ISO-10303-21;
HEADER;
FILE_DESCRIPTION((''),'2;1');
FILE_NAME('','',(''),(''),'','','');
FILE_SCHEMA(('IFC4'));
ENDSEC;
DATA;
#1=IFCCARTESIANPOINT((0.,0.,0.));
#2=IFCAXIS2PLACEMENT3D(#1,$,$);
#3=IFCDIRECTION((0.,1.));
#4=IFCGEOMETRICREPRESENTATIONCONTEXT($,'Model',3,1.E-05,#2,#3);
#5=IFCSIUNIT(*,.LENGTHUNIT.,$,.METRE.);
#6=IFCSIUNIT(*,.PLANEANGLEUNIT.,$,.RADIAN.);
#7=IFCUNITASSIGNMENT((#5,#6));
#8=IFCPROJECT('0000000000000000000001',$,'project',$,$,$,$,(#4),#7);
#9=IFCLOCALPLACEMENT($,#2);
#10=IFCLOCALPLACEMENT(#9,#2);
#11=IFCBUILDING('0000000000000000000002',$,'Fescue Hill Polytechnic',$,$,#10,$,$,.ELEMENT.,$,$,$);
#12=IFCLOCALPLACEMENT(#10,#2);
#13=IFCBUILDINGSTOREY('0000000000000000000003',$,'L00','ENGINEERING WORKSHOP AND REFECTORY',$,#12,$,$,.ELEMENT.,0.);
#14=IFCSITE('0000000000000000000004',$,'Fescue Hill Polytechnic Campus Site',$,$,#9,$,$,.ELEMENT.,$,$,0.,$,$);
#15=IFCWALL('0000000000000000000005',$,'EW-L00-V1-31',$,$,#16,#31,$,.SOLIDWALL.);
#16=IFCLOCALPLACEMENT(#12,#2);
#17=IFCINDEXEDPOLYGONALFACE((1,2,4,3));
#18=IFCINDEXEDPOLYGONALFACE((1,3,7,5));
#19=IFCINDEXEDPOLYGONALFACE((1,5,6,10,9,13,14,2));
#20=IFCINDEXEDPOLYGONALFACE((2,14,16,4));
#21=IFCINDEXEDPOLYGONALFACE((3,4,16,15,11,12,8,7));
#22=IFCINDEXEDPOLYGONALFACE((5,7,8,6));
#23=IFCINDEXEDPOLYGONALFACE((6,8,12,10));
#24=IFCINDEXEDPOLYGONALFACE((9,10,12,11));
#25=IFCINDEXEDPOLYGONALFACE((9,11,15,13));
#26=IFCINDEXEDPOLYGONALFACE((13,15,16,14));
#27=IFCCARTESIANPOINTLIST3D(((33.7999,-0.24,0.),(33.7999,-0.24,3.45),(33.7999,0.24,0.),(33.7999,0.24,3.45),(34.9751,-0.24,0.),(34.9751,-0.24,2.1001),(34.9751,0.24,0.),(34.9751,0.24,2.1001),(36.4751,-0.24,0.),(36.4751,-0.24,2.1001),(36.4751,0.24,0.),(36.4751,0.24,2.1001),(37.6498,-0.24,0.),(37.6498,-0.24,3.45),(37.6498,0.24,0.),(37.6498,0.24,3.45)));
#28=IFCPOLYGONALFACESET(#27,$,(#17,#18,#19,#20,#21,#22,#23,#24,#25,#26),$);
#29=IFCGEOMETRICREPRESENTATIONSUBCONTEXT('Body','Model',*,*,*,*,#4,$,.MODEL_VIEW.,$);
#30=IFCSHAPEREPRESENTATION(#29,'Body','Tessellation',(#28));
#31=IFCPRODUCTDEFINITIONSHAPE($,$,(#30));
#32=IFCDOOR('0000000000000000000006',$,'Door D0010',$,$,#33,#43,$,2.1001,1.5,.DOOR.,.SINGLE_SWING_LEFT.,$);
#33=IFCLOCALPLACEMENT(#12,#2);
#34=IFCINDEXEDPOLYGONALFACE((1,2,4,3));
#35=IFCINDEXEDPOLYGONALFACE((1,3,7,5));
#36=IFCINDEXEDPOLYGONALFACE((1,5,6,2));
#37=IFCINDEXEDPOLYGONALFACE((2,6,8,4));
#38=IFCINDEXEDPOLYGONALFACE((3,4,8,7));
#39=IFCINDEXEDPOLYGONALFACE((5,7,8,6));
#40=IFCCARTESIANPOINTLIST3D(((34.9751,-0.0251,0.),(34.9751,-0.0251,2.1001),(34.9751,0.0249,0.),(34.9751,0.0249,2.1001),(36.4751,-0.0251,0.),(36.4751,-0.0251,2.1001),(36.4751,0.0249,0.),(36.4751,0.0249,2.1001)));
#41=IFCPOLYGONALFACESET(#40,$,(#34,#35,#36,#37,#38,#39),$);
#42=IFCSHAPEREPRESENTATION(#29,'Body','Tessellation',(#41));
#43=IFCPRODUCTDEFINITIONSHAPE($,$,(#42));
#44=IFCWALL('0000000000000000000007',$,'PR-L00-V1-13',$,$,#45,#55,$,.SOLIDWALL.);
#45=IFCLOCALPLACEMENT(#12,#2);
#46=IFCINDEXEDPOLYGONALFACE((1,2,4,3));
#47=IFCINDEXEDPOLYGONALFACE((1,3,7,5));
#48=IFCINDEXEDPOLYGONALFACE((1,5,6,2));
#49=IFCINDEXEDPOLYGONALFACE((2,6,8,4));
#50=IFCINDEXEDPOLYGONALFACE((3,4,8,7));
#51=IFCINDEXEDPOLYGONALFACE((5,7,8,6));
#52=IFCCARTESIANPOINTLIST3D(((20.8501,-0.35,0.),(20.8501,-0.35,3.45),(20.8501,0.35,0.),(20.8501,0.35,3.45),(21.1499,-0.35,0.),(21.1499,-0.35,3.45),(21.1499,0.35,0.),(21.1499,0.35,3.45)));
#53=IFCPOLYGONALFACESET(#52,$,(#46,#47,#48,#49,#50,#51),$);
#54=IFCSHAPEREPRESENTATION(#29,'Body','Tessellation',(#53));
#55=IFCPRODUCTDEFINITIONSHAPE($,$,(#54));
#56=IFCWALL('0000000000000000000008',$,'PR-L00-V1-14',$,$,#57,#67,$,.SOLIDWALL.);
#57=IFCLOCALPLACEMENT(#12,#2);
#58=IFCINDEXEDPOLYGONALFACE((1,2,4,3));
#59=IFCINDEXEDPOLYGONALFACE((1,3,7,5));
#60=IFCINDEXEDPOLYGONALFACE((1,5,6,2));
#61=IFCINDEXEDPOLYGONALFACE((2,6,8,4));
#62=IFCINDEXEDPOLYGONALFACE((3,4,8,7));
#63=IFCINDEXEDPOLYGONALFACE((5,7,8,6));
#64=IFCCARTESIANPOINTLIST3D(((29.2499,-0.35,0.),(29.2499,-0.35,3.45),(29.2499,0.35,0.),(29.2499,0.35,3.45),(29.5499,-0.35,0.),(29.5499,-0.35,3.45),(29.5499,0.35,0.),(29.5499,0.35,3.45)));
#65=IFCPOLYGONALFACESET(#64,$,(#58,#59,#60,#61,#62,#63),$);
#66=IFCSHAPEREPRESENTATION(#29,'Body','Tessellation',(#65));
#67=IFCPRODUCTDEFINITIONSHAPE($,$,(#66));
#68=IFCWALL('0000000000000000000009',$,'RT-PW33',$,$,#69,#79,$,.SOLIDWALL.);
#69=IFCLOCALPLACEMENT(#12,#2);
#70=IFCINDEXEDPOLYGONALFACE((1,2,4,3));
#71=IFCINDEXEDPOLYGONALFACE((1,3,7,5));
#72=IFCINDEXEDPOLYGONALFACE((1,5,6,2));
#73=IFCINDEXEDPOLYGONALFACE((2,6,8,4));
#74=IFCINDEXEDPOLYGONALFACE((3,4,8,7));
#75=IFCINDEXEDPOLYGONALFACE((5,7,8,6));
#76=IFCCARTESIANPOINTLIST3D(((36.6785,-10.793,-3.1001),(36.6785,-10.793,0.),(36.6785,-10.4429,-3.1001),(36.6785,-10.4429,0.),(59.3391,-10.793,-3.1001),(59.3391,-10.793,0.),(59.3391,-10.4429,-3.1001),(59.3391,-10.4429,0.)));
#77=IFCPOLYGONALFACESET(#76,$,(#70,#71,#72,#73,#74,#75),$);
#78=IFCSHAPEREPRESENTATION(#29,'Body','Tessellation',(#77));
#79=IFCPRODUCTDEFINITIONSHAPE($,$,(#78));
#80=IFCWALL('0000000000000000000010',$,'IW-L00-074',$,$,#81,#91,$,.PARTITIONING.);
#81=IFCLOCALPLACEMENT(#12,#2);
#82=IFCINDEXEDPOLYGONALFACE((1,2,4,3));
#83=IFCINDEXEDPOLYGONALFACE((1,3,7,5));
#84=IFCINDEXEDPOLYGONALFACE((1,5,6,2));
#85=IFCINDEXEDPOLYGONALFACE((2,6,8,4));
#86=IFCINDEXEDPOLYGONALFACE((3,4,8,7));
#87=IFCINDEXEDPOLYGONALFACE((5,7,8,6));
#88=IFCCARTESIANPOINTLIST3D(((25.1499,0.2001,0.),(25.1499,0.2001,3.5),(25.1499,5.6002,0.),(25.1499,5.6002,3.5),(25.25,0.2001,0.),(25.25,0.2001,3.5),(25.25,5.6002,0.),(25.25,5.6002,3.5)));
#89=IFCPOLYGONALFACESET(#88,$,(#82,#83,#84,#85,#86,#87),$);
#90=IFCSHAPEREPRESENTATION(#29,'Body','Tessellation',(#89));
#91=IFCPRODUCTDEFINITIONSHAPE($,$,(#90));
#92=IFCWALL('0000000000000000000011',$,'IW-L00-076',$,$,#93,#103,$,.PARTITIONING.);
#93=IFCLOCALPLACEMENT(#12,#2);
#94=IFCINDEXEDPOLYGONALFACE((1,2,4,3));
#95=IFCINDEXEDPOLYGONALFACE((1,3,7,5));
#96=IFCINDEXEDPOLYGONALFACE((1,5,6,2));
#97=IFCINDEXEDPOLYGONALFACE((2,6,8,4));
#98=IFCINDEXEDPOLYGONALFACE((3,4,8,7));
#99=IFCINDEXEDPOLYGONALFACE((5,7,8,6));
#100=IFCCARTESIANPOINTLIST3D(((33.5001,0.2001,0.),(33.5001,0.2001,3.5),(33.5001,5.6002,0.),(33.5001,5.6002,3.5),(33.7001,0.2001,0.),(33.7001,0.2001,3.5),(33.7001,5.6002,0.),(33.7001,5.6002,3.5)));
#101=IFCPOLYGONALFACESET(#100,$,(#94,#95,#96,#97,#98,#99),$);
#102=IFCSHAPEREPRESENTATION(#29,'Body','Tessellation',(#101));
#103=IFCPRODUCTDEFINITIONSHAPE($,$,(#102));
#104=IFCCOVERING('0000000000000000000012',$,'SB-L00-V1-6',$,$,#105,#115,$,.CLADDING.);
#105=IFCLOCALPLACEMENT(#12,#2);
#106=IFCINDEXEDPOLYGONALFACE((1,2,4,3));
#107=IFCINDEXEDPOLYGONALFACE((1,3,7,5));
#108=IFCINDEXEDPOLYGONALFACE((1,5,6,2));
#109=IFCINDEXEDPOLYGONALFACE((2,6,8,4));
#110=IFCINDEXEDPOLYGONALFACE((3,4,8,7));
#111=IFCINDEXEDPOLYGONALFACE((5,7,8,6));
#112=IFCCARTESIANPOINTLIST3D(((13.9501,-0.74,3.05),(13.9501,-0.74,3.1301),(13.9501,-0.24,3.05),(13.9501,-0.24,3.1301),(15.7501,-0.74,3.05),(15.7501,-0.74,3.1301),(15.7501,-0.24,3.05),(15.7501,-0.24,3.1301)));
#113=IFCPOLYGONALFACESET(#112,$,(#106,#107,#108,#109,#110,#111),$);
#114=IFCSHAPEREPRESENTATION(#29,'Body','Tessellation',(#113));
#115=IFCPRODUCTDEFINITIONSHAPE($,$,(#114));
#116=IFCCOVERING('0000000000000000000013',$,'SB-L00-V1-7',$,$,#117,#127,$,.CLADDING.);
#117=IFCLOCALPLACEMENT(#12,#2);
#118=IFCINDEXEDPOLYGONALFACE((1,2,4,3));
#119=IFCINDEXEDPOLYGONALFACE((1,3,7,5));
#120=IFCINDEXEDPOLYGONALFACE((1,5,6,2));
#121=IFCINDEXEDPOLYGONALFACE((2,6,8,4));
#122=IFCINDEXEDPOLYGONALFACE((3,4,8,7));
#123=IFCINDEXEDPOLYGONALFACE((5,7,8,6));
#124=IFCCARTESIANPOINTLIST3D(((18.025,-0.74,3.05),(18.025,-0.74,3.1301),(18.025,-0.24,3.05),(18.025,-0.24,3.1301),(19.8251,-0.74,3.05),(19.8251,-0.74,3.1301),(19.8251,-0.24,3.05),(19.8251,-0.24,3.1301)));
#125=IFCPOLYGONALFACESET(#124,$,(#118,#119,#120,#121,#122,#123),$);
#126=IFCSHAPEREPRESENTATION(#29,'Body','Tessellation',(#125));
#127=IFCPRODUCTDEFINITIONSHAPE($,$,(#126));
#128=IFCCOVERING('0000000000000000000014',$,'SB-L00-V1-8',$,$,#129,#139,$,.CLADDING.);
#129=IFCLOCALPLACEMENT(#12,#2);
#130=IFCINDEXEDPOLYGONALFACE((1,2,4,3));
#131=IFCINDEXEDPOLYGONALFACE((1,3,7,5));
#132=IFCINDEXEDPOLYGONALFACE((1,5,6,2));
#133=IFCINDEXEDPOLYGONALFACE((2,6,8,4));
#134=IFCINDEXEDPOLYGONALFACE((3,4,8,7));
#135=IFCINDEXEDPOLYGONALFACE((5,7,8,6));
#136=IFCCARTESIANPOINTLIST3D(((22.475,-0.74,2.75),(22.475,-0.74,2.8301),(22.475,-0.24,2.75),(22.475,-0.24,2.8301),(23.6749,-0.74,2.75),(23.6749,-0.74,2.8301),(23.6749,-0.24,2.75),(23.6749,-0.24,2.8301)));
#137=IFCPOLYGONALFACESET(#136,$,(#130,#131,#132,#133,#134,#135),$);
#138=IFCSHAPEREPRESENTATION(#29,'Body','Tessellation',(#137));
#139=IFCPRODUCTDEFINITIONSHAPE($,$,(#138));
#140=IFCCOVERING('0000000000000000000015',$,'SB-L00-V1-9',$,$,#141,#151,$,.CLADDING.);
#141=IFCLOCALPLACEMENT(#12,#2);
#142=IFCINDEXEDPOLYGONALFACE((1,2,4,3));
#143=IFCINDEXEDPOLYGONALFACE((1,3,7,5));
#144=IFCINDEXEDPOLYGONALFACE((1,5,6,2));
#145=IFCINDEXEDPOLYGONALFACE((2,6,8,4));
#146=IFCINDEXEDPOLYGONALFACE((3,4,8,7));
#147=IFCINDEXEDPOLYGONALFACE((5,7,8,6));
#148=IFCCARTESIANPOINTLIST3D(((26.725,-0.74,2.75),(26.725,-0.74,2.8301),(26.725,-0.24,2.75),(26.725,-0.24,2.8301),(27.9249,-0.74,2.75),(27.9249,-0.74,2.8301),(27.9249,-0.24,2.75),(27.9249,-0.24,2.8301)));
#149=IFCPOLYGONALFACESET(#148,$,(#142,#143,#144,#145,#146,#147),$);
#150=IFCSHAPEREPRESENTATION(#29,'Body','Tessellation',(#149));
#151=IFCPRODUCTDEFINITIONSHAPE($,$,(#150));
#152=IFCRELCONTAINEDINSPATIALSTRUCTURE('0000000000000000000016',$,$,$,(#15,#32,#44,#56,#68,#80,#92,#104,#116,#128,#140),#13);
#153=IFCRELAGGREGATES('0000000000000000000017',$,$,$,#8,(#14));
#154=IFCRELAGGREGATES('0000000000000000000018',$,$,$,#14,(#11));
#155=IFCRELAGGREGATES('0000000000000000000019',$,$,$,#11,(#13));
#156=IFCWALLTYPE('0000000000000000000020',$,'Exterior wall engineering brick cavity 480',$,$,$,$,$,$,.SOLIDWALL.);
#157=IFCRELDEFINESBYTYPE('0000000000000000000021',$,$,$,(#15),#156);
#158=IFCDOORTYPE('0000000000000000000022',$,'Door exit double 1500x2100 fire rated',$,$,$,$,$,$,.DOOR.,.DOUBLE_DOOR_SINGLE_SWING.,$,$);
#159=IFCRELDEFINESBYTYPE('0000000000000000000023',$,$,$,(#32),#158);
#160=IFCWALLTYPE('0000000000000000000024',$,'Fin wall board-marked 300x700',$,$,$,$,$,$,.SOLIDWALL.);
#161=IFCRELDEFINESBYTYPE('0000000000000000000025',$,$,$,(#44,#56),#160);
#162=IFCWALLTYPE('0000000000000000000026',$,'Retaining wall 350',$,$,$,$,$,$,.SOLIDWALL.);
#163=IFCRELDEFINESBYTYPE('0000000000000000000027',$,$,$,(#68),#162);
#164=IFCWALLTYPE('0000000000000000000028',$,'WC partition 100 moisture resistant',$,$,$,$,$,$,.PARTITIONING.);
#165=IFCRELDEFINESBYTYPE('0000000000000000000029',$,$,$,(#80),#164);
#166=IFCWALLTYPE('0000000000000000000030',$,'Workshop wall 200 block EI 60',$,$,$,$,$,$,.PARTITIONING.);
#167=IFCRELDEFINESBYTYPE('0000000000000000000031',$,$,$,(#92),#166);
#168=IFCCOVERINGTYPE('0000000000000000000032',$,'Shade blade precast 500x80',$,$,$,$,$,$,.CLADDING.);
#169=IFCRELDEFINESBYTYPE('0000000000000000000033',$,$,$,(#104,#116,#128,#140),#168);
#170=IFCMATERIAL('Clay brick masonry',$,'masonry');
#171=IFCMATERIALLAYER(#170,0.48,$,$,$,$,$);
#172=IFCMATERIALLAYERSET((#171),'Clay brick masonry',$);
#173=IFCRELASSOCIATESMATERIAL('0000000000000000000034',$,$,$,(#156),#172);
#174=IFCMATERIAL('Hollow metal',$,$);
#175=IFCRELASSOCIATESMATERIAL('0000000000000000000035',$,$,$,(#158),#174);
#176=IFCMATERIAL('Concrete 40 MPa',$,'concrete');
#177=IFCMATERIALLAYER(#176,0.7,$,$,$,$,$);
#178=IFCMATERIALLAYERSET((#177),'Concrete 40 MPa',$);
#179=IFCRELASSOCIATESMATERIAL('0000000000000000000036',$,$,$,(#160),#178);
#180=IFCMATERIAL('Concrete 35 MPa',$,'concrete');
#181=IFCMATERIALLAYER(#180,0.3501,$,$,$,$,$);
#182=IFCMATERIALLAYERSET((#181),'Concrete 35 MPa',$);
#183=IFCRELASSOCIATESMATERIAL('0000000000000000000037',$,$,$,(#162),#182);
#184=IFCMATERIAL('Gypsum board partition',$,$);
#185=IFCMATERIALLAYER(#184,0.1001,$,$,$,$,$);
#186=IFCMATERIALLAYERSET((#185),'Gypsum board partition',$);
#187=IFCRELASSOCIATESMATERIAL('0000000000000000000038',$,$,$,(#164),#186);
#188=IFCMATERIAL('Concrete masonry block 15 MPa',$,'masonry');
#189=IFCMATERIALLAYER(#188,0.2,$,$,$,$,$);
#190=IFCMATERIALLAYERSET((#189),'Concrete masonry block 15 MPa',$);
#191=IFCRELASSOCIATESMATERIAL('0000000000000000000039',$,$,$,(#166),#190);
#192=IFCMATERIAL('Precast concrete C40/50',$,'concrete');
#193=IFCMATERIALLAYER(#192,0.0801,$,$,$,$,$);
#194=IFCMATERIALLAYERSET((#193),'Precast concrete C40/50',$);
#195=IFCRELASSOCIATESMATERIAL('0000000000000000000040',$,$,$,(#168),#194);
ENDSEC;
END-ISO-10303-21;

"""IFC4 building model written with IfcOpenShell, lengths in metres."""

from ifc_helpers import new_model, si_unit, direction, frame, frame_2d, origin, origin_2d, place, context, subcontext, project, spatial, rectangle, extrude, material, layer, layer_set, type_object, element, fill, save


model = new_model("IFC4")

# Units and contexts
model_context = context("Model", 3, precision=1e-05, world=origin(), true_north=direction((0.0, 1.0)))
body_context = subcontext(model_context, "Body", "Model", "MODEL_VIEW")
ifc_project = project(units=[si_unit("LENGTHUNIT", "METRE"), si_unit("PLANEANGLEUNIT", "RADIAN")], contexts=[model_context])

# Site, building, storey
site_placement = place(None, origin())
site = spatial("IfcSite", under=ifc_project, at=site_placement, Name="Fescue Hill Polytechnic Campus Site", CompositionType="ELEMENT", RefElevation=0.0)
building_placement = place(site_placement, origin())
building = spatial("IfcBuilding", under=site, at=building_placement, Name="Fescue Hill Polytechnic", CompositionType="ELEMENT")
storey_placement = place(building_placement, origin())
storey = spatial("IfcBuildingStorey", under=building, at=storey_placement, Name="L00", Description="ENGINEERING WORKSHOP AND REFECTORY", CompositionType="ELEMENT", Elevation=0.0)

# Shared definitions
ifc_material_1 = material(Name="Concrete 40 MPa", Category="concrete")

# Shared definitions
ifc_material_2 = material(Name="Clay brick masonry", Category="masonry")
ifc_layer_1 = layer(ifc_material_2, 0.48)
ifc_layer_set_1 = layer_set([ifc_layer_1], Name="Clay brick masonry")
wall_type_1 = type_object("IfcWallType", Name="Exterior wall engineering brick cavity 480", PredefinedType="SOLIDWALL", material=ifc_layer_set_1)

# Wall, opening, door
ifc_material_3 = material(Name="Hollow metal")
wall_1_placement = place(storey_placement, frame((33.8, 0.0, 0.0), z_axis=(0.0, 0.0, 1.0), x_axis=(1.0, 0.0, 0.0)))
wall_1 = element("IfcWall", 1, at=wall_1_placement, inside=storey, type_object=wall_type_1, Name="EW-L00-V1-31", PredefinedType="SOLIDWALL", context=body_context, shape_type="SweptSolid", body=[
    extrude(rectangle(XDim=3.8499, YDim=0.48, at=frame_2d((1.9248, 0.0))), origin(), (0.0, 0.0, 1.0), 3.45),
])
opening_1_placement = place(wall_1_placement, frame((1.175, 0.0, 0.0)))
opening_1 = element("IfcOpeningElement", 2, at=opening_1_placement, cuts=wall_1, PredefinedType="OPENING", context=body_context, shape_type="SweptSolid", body=[
    extrude(rectangle(XDim=1.5, YDim=2.1001, at=frame_2d((0.75, 1.05))), frame((0.0, 0.25, 0.0), z_axis=(0.0, -1.0, 0.0), x_axis=(1.0, 0.0, 0.0)), (0.0, 0.0, 1.0), 0.5),
])
door_type_1 = type_object("IfcDoorType", Name="Door exit double 1500x2100 fire rated", OperationType="DOUBLE_DOOR_SINGLE_SWING", PredefinedType="DOOR", material=ifc_material_3)
door_1_placement = place(opening_1_placement, origin())
door_1 = element("IfcDoor", 3, at=door_1_placement, inside=storey, type_object=door_type_1, Name="Door D0010", OperationType="SINGLE_SWING_LEFT", OverallHeight=2.1001, OverallWidth=1.5, PredefinedType="DOOR", context=body_context, shape_type="SweptSolid", body=[
    extrude(rectangle(XDim=1.5, YDim=2.1001, at=frame_2d((0.75, 1.05))), frame((0.0, 0.0249, 0.0), z_axis=(0.0, -1.0, 0.0), x_axis=(1.0, 0.0, 0.0)), (0.0, 0.0, 1.0), 0.05),
])
fill(opening_1, door_1)

# Walls
ifc_layer_2 = layer(ifc_material_1, 0.7)
ifc_layer_set_2 = layer_set([ifc_layer_2], Name="Concrete 40 MPa")
wall_type_2 = type_object("IfcWallType", Name="Fin wall board-marked 300x700", PredefinedType="SOLIDWALL", material=ifc_layer_set_2)
wall_2_placement = place(storey_placement, frame((20.8501, 0.0, 0.0), z_axis=(0.0, 0.0, 1.0), x_axis=(1.0, 0.0, 0.0)))
element("IfcWall", 4, at=wall_2_placement, inside=storey, type_object=wall_type_2, Name="PR-L00-V1-13", PredefinedType="SOLIDWALL", context=body_context, shape_type="SweptSolid", body=[
    extrude(rectangle(XDim=0.2998, YDim=0.7, at=frame_2d((0.1499, 0.0))), origin(), (0.0, 0.0, 1.0), 3.45),
])
wall_3_placement = place(storey_placement, frame((29.25, 0.0, 0.0), z_axis=(0.0, 0.0, 1.0), x_axis=(1.0, 0.0, 0.0)))
element("IfcWall", 5, at=wall_3_placement, inside=storey, type_object=wall_type_2, Name="PR-L00-V1-14", PredefinedType="SOLIDWALL", context=body_context, shape_type="SweptSolid", body=[
    extrude(rectangle(XDim=0.3, YDim=0.7, at=frame_2d((0.1499, 0.0))), origin(), (0.0, 0.0, 1.0), 3.45),
])
ifc_material_4 = material(Name="Concrete 35 MPa", Category="concrete")
ifc_layer_3 = layer(ifc_material_4, 0.3501)
ifc_layer_set_3 = layer_set([ifc_layer_3], Name="Concrete 35 MPa")
wall_type_3 = type_object("IfcWallType", Name="Retaining wall 350", PredefinedType="SOLIDWALL", material=ifc_layer_set_3)
wall_4_placement = place(storey_placement, frame((36.6785, -10.6179, -3.1001), z_axis=(0.0, 0.0, 1.0), x_axis=(1.0, 0.0, 0.0)))
element("IfcWall", 6, at=wall_4_placement, inside=storey, type_object=wall_type_3, Name="RT-PW33", PredefinedType="SOLIDWALL", context=body_context, shape_type="SweptSolid", body=[
    extrude(rectangle(XDim=22.6606, YDim=0.3501, at=frame_2d((11.3303, 0.0))), origin(), (0.0, 0.0, 1.0), 3.1001),
])
ifc_material_5 = material(Name="Gypsum board partition")
ifc_layer_4 = layer(ifc_material_5, 0.1001)
ifc_layer_set_4 = layer_set([ifc_layer_4], Name="Gypsum board partition")
wall_type_4 = type_object("IfcWallType", Name="WC partition 100 moisture resistant", PredefinedType="PARTITIONING", material=ifc_layer_set_4)
wall_5_placement = place(storey_placement, frame((25.2, 0.2, 0.0), z_axis=(0.0, 0.0, 1.0), x_axis=(0.0, 1.0, 0.0)))
element("IfcWall", 7, at=wall_5_placement, inside=storey, type_object=wall_type_4, Name="IW-L00-074", PredefinedType="PARTITIONING", context=body_context, shape_type="SweptSolid", body=[
    extrude(rectangle(XDim=5.4001, YDim=0.1001, at=frame_2d((2.7002, 0.0))), origin(), (0.0, 0.0, 1.0), 3.5),
])
ifc_material_6 = material(Name="Concrete masonry block 15 MPa", Category="masonry")
ifc_layer_5 = layer(ifc_material_6, 0.2)
ifc_layer_set_5 = layer_set([ifc_layer_5], Name="Concrete masonry block 15 MPa")
wall_type_5 = type_object("IfcWallType", Name="Workshop wall 200 block EI 60", PredefinedType="PARTITIONING", material=ifc_layer_set_5)
wall_6_placement = place(storey_placement, frame((33.6001, 0.2, 0.0), z_axis=(0.0, 0.0, 1.0), x_axis=(0.0, 1.0, 0.0)))
element("IfcWall", 8, at=wall_6_placement, inside=storey, type_object=wall_type_5, Name="IW-L00-076", PredefinedType="PARTITIONING", context=body_context, shape_type="SweptSolid", body=[
    extrude(rectangle(XDim=5.4001, YDim=0.2, at=frame_2d((2.7002, 0.0))), origin(), (0.0, 0.0, 1.0), 3.5),
])

# Coverings
ifc_material_7 = material(Name="Precast concrete C40/50", Category="concrete")
ifc_layer_6 = layer(ifc_material_7, 0.0801)
ifc_layer_set_6 = layer_set([ifc_layer_6], Name="Precast concrete C40/50")
covering_type = type_object("IfcCoveringType", Name="Shade blade precast 500x80", PredefinedType="CLADDING", material=ifc_layer_set_6)
for number, where, z_axis, x_axis, name in (
    (9, (14.8501, -0.49, 3.05), (0.0, 0.0, 1.0), (1.0, 0.0, 0.0), "SB-L00-V1-6"),
    (10, (18.925, -0.49, 3.05), (0.0, 0.0, 1.0), (1.0, 0.0, 0.0), "SB-L00-V1-7"),
):
    element("IfcCovering", number, at=place(storey_placement, frame(where, z_axis=z_axis, x_axis=x_axis)), inside=storey, type_object=covering_type, Name=name, PredefinedType="CLADDING", context=body_context, shape_type="SweptSolid", body=[
        extrude(rectangle(XDim=1.8, YDim=0.5, at=origin_2d()), origin(), (0.0, 0.0, 1.0), 0.0801),
    ])
for number, where, z_axis, x_axis, name in (
    (11, (23.075, -0.49, 2.75), (0.0, 0.0, 1.0), (1.0, 0.0, 0.0), "SB-L00-V1-8"),
    (12, (27.325, -0.49, 2.75), (0.0, 0.0, 1.0), (1.0, 0.0, 0.0), "SB-L00-V1-9"),
):
    element("IfcCovering", number, at=place(storey_placement, frame(where, z_axis=z_axis, x_axis=x_axis)), inside=storey, type_object=covering_type, Name=name, PredefinedType="CLADDING", context=body_context, shape_type="SweptSolid", body=[
        extrude(rectangle(XDim=1.2, YDim=0.5, at=origin_2d()), origin(), (0.0, 0.0, 1.0), 0.0801),
    ])

save(model, "model.ifc")
